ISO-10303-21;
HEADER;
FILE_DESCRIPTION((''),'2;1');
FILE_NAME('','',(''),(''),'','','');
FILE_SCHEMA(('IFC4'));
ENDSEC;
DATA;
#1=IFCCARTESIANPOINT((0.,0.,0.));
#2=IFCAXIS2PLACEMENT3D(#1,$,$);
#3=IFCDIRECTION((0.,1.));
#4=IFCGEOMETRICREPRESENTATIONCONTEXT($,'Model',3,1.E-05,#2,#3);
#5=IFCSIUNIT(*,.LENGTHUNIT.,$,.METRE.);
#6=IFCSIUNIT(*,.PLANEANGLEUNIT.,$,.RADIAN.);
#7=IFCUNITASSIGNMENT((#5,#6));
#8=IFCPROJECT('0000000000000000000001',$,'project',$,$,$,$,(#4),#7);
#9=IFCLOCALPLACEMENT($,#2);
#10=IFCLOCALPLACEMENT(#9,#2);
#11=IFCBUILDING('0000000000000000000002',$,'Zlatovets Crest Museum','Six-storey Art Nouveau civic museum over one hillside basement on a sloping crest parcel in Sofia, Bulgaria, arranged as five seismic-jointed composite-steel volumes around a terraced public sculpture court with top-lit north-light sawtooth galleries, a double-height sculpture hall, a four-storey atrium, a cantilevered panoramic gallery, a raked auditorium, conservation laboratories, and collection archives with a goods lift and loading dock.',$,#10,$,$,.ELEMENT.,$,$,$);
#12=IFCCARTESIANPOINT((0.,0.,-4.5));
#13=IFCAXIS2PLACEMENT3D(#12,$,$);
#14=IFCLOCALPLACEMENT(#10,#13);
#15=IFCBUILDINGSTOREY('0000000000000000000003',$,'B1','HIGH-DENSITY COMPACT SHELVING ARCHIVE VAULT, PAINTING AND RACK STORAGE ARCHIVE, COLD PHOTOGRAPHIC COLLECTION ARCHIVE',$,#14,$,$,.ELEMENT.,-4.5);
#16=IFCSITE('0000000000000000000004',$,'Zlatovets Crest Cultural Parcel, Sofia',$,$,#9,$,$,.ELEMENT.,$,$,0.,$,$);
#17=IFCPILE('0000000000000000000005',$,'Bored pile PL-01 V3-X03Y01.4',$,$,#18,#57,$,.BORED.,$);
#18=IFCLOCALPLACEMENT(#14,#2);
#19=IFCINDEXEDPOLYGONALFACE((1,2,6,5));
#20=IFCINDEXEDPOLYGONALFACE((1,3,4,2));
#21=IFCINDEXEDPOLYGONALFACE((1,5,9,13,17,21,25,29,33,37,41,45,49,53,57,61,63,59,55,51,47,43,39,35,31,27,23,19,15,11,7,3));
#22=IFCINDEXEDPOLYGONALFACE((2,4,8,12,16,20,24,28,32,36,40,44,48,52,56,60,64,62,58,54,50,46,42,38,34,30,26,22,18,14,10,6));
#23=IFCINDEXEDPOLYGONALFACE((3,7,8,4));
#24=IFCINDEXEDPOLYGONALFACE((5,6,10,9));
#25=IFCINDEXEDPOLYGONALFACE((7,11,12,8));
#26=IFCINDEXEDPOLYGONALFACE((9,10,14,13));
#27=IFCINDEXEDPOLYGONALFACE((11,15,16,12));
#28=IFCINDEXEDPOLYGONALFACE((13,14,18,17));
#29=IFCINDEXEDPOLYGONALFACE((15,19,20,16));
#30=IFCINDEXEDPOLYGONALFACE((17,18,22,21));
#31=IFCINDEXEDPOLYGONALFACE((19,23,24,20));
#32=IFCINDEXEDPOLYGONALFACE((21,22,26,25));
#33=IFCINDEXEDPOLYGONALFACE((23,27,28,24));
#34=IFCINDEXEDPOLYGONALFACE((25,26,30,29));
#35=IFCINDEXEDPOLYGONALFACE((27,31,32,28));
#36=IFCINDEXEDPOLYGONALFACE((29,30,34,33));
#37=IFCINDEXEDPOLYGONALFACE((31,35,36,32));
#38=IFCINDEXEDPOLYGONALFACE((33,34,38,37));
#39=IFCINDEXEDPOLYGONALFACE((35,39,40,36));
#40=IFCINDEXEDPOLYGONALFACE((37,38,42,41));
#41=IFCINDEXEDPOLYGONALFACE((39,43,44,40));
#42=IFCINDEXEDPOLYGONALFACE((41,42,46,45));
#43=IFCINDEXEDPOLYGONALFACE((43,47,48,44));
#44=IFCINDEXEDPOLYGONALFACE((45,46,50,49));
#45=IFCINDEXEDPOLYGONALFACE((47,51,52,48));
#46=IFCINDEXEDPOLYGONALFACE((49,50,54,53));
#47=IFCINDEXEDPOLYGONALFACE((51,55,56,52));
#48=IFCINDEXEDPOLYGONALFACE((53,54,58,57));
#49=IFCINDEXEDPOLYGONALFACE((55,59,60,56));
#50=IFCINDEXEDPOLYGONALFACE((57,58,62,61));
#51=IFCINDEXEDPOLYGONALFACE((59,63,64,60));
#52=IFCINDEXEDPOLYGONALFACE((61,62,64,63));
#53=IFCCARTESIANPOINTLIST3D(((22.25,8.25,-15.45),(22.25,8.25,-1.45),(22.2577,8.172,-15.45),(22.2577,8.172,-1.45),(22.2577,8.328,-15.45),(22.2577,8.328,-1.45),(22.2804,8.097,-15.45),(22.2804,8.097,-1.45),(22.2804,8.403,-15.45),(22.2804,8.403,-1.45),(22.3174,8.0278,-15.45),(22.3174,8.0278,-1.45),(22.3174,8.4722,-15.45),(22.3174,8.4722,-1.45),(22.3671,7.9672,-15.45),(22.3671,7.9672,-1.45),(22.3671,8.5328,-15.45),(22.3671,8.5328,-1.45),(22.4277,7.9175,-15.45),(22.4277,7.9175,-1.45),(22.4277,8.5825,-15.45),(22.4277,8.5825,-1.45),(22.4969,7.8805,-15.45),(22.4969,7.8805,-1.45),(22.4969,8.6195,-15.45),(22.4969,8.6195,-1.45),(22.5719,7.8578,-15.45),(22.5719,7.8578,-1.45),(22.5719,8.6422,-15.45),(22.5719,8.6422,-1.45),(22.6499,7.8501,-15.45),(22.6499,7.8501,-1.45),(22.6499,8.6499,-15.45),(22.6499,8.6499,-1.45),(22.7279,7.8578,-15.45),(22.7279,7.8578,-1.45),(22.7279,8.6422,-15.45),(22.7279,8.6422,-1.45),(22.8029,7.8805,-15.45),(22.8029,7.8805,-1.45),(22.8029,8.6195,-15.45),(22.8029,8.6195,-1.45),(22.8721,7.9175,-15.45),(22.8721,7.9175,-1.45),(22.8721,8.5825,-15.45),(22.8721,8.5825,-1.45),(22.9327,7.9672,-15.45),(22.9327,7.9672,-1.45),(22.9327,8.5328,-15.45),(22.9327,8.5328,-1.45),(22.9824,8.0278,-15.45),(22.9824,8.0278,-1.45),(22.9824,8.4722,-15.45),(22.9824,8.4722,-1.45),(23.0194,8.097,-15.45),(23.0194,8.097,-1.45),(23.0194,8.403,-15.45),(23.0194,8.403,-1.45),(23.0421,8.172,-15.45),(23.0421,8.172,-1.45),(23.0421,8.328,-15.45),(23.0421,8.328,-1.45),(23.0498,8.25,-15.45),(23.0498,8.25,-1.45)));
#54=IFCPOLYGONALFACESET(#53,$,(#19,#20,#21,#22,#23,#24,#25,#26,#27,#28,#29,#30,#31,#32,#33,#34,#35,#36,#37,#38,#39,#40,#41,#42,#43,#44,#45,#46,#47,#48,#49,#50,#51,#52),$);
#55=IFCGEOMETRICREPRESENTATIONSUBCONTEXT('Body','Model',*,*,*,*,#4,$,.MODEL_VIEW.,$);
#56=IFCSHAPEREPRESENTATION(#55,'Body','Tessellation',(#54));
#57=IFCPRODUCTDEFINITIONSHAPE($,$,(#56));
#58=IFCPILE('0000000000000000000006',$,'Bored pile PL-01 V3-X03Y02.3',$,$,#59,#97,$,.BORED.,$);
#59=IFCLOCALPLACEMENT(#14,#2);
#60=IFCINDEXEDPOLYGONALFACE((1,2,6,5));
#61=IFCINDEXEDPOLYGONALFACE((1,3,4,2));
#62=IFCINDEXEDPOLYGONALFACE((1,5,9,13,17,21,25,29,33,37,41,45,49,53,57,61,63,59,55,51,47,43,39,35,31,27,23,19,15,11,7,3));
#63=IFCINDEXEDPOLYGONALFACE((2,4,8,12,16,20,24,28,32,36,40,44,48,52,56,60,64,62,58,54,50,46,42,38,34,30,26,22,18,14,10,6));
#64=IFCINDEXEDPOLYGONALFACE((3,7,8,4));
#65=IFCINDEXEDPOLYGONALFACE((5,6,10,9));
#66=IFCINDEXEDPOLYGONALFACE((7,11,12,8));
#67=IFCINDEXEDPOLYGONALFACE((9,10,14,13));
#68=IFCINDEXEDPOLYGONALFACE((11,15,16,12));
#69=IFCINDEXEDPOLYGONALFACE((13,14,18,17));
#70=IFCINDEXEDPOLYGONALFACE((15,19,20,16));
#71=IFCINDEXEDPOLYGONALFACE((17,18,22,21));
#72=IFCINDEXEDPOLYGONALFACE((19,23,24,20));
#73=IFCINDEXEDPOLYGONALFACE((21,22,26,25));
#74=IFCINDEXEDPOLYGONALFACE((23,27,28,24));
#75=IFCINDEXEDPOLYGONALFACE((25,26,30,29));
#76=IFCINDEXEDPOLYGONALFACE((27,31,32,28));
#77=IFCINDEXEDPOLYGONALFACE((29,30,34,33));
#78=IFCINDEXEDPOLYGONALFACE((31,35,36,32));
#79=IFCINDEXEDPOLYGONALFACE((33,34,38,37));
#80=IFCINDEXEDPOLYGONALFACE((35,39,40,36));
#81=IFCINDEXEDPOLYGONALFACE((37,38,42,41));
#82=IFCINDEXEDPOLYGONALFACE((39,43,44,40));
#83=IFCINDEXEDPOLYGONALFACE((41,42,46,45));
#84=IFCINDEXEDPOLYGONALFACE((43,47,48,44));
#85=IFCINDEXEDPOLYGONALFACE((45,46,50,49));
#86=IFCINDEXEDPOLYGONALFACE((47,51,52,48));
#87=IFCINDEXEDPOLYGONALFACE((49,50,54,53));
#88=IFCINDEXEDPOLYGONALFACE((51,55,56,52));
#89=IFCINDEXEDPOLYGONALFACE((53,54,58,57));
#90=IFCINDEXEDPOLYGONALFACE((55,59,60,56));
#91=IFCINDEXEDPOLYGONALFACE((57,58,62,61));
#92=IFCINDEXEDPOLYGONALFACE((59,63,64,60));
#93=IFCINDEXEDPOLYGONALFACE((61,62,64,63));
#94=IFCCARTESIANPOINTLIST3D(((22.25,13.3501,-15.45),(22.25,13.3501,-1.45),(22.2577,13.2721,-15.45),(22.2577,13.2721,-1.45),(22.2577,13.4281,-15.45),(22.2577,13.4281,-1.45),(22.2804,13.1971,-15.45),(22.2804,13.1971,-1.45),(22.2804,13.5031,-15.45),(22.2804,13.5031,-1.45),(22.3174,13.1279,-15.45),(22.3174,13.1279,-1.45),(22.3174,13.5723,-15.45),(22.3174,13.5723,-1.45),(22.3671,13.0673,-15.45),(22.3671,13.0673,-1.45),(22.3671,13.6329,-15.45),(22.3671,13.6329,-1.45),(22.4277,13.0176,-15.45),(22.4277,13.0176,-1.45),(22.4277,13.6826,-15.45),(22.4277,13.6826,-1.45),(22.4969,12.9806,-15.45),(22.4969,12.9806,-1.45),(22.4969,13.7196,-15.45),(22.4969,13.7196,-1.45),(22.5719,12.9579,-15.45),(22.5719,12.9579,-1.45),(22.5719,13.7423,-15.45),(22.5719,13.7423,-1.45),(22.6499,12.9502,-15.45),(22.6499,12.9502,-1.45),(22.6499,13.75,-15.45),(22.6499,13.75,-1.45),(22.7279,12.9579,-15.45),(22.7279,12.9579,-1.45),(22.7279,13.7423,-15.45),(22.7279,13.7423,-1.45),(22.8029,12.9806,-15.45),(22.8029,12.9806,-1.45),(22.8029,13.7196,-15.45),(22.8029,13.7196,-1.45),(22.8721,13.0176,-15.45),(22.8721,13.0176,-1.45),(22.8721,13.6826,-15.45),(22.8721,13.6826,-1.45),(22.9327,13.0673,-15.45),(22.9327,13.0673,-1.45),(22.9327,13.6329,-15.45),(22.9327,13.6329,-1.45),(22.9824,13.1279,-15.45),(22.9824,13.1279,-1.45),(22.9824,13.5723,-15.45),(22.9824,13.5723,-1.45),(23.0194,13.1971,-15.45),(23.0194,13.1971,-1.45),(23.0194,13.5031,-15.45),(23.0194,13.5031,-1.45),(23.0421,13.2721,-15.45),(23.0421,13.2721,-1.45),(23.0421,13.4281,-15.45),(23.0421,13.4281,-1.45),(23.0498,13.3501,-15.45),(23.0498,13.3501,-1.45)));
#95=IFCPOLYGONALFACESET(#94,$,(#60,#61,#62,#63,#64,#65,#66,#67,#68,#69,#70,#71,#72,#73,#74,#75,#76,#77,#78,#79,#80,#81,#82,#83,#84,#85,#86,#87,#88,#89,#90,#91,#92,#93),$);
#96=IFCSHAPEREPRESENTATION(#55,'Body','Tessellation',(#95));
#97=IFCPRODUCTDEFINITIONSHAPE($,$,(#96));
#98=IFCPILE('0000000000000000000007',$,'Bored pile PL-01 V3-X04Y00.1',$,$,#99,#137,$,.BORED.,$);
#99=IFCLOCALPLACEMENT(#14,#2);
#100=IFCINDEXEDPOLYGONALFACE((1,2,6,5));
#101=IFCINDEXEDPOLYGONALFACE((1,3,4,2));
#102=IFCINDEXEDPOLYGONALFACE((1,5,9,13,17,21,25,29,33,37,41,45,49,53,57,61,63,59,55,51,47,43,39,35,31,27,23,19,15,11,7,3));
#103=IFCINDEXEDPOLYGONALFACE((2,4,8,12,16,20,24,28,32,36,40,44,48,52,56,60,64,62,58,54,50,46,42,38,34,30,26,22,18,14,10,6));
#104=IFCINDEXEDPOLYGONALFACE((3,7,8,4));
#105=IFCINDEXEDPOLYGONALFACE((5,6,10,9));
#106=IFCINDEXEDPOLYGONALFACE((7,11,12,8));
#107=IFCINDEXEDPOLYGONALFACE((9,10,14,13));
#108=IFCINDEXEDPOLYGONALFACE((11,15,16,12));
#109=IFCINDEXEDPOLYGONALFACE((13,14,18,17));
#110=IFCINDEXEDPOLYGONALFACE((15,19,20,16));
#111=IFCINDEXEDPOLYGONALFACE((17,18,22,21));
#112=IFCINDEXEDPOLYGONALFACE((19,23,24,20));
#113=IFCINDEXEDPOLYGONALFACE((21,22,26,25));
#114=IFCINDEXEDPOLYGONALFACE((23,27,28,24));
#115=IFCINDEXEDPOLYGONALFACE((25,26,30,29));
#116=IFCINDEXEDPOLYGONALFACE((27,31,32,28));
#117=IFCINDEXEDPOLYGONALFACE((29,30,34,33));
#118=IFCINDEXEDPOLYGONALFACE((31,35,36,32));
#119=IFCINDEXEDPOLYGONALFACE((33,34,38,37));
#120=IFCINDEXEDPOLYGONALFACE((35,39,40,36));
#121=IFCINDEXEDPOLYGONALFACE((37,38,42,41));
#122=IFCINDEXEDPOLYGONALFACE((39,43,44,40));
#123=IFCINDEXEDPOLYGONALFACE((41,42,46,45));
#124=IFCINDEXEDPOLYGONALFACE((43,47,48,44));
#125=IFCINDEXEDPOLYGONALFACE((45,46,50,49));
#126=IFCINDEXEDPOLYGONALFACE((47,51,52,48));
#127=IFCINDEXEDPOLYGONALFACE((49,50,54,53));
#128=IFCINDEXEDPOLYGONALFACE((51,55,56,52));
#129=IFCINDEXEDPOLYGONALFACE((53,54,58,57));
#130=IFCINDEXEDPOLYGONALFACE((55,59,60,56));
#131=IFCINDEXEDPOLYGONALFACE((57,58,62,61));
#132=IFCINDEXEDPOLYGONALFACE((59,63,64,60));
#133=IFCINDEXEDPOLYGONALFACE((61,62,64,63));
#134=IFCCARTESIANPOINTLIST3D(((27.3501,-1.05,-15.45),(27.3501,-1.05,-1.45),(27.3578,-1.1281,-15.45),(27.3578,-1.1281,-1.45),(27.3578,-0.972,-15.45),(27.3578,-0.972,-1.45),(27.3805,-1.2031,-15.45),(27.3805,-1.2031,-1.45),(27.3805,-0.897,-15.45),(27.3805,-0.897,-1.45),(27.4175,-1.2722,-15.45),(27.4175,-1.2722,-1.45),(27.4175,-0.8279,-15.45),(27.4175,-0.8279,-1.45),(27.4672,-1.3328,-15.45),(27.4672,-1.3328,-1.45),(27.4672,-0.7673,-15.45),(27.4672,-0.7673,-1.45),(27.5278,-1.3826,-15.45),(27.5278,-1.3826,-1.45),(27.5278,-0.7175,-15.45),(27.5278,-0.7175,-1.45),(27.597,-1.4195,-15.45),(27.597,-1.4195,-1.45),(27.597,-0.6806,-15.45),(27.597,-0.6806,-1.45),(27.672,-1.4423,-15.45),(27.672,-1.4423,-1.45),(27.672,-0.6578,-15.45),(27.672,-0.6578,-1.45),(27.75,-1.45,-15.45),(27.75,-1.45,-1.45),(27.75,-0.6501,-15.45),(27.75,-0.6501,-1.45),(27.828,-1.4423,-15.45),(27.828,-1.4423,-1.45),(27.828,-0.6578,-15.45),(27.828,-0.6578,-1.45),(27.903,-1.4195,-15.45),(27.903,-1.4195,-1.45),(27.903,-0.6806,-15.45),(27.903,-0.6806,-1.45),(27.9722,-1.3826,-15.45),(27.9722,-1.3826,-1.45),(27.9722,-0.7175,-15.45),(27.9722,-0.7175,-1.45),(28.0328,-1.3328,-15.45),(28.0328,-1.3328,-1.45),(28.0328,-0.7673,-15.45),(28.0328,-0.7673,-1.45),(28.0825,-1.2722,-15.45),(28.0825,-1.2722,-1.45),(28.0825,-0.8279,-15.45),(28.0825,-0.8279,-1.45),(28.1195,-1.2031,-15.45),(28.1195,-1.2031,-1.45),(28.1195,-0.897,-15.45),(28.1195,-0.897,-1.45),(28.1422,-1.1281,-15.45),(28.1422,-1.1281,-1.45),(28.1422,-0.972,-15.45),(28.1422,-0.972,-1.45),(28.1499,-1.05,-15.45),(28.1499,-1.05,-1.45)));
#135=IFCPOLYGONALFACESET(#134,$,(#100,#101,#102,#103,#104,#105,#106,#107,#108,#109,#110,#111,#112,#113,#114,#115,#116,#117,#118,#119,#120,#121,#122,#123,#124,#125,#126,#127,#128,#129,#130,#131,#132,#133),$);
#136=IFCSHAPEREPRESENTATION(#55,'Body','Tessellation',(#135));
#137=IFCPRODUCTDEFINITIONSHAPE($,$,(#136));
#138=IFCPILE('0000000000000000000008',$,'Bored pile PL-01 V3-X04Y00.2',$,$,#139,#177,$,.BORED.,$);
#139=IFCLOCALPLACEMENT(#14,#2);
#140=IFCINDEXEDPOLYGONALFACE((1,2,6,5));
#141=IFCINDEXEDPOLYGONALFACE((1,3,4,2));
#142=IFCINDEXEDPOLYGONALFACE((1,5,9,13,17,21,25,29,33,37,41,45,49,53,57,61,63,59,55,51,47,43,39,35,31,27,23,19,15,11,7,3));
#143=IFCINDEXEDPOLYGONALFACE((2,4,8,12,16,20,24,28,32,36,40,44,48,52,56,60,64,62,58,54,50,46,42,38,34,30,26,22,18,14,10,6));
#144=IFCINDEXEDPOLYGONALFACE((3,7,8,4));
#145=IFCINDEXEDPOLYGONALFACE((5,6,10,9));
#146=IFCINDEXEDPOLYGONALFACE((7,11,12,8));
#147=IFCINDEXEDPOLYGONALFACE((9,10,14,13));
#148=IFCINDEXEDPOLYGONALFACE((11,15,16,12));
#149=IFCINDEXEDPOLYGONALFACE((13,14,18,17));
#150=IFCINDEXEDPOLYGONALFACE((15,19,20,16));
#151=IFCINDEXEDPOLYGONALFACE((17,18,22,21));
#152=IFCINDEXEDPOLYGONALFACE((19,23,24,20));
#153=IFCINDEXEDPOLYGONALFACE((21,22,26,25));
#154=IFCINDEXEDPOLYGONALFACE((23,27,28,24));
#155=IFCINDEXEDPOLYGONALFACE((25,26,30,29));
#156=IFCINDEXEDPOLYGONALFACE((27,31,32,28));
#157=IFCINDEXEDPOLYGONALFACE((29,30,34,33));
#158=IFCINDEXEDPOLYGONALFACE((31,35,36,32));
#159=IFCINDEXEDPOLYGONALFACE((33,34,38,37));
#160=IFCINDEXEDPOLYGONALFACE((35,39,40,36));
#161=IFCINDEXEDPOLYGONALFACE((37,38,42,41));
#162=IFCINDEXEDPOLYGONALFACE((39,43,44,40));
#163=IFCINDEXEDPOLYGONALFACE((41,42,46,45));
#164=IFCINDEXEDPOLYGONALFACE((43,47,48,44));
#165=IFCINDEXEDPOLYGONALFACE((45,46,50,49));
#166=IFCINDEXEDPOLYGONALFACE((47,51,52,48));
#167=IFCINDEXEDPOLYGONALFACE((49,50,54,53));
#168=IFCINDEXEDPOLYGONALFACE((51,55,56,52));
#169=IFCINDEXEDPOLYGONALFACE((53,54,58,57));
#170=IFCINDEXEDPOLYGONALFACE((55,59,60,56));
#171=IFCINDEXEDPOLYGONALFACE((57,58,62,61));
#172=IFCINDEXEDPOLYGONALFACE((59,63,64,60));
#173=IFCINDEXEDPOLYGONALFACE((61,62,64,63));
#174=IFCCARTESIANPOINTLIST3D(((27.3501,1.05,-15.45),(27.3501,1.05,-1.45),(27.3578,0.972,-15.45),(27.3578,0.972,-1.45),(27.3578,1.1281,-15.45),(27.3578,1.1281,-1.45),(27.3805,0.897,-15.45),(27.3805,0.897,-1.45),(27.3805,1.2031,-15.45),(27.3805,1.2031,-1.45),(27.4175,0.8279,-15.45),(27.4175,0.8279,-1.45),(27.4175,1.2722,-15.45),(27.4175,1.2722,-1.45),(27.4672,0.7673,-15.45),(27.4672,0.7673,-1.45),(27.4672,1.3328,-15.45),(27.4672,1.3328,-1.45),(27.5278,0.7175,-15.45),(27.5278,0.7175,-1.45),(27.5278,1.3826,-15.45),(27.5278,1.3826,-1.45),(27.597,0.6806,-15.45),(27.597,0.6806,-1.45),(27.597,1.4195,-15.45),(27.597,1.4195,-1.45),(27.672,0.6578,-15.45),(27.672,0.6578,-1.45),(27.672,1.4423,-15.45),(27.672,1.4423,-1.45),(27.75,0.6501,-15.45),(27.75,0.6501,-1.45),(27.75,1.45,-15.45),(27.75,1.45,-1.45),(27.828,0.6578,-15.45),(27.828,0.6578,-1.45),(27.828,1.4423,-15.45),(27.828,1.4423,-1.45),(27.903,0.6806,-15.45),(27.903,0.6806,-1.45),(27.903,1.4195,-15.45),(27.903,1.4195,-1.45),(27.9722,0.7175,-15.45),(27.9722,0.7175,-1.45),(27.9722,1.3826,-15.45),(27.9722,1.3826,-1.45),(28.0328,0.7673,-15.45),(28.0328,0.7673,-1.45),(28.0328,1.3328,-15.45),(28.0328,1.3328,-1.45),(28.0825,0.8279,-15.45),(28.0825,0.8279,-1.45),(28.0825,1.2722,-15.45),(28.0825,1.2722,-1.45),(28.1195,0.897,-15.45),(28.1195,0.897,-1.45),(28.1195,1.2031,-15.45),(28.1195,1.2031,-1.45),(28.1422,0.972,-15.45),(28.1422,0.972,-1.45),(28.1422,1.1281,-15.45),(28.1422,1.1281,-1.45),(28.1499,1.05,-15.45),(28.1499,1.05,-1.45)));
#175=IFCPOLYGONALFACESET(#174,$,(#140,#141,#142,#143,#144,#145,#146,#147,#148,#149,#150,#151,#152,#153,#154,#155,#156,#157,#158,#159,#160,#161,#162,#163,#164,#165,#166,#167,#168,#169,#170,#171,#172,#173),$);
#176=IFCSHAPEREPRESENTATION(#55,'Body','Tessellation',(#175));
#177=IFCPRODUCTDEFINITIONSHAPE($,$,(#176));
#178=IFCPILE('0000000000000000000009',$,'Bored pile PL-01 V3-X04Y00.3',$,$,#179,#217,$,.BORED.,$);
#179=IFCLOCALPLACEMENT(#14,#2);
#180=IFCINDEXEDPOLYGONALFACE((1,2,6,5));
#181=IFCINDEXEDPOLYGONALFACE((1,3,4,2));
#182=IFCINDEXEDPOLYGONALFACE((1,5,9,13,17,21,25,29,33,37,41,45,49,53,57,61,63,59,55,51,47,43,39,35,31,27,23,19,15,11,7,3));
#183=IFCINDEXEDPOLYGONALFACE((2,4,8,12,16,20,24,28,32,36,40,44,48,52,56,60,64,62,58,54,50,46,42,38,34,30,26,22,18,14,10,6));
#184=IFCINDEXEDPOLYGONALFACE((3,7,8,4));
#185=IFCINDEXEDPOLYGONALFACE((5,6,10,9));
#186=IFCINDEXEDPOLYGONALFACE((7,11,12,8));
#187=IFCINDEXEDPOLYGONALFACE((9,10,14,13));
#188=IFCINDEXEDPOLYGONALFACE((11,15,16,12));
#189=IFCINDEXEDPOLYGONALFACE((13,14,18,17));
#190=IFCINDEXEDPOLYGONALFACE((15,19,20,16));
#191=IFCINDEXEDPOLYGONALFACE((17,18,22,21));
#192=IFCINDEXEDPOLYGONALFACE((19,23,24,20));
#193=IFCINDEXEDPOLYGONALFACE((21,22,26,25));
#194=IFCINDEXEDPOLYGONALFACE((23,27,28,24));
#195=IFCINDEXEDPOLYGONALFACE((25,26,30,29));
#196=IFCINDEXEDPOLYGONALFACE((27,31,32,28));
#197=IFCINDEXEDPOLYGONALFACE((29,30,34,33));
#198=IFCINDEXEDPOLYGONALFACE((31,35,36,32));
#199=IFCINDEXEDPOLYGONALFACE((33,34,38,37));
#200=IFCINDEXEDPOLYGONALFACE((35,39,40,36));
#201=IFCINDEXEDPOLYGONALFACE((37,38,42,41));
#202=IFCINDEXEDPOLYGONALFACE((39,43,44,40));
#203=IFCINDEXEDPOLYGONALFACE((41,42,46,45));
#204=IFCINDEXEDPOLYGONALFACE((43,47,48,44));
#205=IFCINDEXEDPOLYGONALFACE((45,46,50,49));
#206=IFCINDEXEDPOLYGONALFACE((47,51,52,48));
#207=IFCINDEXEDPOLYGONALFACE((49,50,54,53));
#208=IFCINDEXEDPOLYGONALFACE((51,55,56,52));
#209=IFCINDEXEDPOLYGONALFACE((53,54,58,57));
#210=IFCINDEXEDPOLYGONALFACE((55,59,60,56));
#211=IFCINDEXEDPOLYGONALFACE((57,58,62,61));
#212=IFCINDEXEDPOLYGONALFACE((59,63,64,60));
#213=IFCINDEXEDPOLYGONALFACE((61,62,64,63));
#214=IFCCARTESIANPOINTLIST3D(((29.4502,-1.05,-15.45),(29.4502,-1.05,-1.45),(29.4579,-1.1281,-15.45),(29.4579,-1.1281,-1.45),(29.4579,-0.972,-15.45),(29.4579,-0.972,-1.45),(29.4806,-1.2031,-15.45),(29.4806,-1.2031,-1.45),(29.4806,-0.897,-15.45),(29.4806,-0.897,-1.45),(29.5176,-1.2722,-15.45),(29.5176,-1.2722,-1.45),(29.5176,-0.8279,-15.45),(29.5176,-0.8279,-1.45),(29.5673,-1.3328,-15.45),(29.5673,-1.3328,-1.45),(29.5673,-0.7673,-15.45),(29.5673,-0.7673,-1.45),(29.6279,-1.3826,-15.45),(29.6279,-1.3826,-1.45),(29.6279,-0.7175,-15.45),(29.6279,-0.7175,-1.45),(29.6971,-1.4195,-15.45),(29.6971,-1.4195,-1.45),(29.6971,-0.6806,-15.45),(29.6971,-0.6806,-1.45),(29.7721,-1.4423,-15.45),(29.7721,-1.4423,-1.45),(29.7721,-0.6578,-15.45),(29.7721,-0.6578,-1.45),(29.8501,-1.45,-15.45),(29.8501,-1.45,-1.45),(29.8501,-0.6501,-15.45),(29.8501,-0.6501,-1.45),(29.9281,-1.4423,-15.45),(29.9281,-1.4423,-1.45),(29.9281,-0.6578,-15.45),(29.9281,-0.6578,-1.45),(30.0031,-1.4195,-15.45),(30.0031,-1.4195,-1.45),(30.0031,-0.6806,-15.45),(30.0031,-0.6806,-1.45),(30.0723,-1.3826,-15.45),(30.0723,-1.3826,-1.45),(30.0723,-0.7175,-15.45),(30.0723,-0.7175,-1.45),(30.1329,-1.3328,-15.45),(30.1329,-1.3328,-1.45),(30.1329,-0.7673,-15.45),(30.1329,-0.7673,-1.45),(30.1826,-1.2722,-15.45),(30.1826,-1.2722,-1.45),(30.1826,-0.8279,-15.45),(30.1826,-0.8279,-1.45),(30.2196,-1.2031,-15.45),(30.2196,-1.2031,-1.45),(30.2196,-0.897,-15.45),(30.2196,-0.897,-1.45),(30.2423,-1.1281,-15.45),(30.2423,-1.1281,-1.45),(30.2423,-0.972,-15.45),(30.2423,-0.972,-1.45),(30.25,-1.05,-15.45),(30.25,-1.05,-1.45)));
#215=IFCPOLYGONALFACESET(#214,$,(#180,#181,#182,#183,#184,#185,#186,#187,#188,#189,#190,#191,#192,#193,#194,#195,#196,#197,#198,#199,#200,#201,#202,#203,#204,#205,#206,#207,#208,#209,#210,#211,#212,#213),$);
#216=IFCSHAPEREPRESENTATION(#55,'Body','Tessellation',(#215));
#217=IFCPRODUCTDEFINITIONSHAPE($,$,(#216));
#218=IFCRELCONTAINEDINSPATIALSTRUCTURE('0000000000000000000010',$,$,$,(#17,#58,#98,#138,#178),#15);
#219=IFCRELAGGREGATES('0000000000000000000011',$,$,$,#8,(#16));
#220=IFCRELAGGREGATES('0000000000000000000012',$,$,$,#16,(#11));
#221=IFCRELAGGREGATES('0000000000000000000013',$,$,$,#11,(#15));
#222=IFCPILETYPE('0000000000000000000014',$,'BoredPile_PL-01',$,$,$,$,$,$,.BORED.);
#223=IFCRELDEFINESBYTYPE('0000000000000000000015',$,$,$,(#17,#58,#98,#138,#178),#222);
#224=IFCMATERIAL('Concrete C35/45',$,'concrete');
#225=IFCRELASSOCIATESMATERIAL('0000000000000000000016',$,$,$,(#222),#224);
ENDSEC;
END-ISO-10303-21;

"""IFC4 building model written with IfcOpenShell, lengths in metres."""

from ifc_helpers import new_model, si_unit, direction, frame, origin, origin_2d, place, context, subcontext, project, spatial, circle, extrude, material, material_profile, profile_set, type_object, element, save


model = new_model("IFC4")

# Units and contexts
model_context = context("Model", 3, precision=1e-05, world=origin(), true_north=direction((0.0, 1.0)))
body_context = subcontext(model_context, "Body", "Model", "MODEL_VIEW")
ifc_project = project(units=[si_unit("LENGTHUNIT", "METRE"), si_unit("PLANEANGLEUNIT", "RADIAN")], contexts=[model_context])

# Site, building, storey
site_placement = place(None, origin())
site = spatial("IfcSite", under=ifc_project, at=site_placement, Name="Zlatovets Crest Cultural Parcel, Sofia", CompositionType="ELEMENT", RefElevation=0.0)
building_placement = place(site_placement, origin())
building = spatial("IfcBuilding", under=site, at=building_placement, Name="Zlatovets Crest Museum", Description="Six-storey Art Nouveau civic museum over one hillside basement on a sloping crest parcel in Sofia, Bulgaria, arranged as five seismic-jointed composite-steel volumes around a terraced public sculpture court with top-lit north-light sawtooth galleries, a double-height sculpture hall, a four-storey atrium, a cantilevered panoramic gallery, a raked auditorium, conservation laboratories, and collection archives with a goods lift and loading dock.", CompositionType="ELEMENT")
storey_placement = place(building_placement, frame((0.0, 0.0, -4.5)))
storey = spatial("IfcBuildingStorey", under=building, at=storey_placement, Name="B1", Description="HIGH-DENSITY COMPACT SHELVING ARCHIVE VAULT, PAINTING AND RACK STORAGE ARCHIVE, COLD PHOTOGRAPHIC COLLECTION ARCHIVE", CompositionType="ELEMENT", Elevation=-4.5)

# Piles
ifc_material = material(Name="Concrete C35/45", Category="concrete")
ifc_material_profile_1 = material_profile(ifc_material, circle(Radius=0.3999, at=origin_2d()), Name="PILE D800")
ifc_profile_set_1 = profile_set([ifc_material_profile_1], Name="Concrete C35/45")
pile_type = type_object("IfcPileType", Name="BoredPile_PL-01", PredefinedType="BORED", material=ifc_profile_set_1)
for number, where, z_axis, x_axis, name in (
    (1, (22.6499, 8.25, -1.45), (0.0, 0.0, -1.0), (1.0, 0.0, 0.0), "Bored pile PL-01 V3-X03Y01.4"),
    (2, (22.6499, 13.3501, -1.45), (0.0, 0.0, -1.0), (1.0, 0.0, 0.0), "Bored pile PL-01 V3-X03Y02.3"),
    (3, (27.75, -1.05, -1.45), (0.0, 0.0, -1.0), (1.0, 0.0, 0.0), "Bored pile PL-01 V3-X04Y00.1"),
    (4, (27.75, 1.05, -1.45), (0.0, 0.0, -1.0), (1.0, 0.0, 0.0), "Bored pile PL-01 V3-X04Y00.2"),
    (5, (29.8501, -1.05, -1.45), (0.0, 0.0, -1.0), (1.0, 0.0, 0.0), "Bored pile PL-01 V3-X04Y00.3"),
):
    element("IfcPile", number, at=place(storey_placement, frame(where, z_axis=z_axis, x_axis=x_axis)), inside=storey, type_object=pile_type, Name=name, PredefinedType="BORED", context=body_context, shape_type="SweptSolid", body=[
        extrude(circle(Radius=0.3999, at=origin_2d()), origin(), (0.0, 0.0, 1.0), 14.0),
    ])

save(model, "model.ifc")
